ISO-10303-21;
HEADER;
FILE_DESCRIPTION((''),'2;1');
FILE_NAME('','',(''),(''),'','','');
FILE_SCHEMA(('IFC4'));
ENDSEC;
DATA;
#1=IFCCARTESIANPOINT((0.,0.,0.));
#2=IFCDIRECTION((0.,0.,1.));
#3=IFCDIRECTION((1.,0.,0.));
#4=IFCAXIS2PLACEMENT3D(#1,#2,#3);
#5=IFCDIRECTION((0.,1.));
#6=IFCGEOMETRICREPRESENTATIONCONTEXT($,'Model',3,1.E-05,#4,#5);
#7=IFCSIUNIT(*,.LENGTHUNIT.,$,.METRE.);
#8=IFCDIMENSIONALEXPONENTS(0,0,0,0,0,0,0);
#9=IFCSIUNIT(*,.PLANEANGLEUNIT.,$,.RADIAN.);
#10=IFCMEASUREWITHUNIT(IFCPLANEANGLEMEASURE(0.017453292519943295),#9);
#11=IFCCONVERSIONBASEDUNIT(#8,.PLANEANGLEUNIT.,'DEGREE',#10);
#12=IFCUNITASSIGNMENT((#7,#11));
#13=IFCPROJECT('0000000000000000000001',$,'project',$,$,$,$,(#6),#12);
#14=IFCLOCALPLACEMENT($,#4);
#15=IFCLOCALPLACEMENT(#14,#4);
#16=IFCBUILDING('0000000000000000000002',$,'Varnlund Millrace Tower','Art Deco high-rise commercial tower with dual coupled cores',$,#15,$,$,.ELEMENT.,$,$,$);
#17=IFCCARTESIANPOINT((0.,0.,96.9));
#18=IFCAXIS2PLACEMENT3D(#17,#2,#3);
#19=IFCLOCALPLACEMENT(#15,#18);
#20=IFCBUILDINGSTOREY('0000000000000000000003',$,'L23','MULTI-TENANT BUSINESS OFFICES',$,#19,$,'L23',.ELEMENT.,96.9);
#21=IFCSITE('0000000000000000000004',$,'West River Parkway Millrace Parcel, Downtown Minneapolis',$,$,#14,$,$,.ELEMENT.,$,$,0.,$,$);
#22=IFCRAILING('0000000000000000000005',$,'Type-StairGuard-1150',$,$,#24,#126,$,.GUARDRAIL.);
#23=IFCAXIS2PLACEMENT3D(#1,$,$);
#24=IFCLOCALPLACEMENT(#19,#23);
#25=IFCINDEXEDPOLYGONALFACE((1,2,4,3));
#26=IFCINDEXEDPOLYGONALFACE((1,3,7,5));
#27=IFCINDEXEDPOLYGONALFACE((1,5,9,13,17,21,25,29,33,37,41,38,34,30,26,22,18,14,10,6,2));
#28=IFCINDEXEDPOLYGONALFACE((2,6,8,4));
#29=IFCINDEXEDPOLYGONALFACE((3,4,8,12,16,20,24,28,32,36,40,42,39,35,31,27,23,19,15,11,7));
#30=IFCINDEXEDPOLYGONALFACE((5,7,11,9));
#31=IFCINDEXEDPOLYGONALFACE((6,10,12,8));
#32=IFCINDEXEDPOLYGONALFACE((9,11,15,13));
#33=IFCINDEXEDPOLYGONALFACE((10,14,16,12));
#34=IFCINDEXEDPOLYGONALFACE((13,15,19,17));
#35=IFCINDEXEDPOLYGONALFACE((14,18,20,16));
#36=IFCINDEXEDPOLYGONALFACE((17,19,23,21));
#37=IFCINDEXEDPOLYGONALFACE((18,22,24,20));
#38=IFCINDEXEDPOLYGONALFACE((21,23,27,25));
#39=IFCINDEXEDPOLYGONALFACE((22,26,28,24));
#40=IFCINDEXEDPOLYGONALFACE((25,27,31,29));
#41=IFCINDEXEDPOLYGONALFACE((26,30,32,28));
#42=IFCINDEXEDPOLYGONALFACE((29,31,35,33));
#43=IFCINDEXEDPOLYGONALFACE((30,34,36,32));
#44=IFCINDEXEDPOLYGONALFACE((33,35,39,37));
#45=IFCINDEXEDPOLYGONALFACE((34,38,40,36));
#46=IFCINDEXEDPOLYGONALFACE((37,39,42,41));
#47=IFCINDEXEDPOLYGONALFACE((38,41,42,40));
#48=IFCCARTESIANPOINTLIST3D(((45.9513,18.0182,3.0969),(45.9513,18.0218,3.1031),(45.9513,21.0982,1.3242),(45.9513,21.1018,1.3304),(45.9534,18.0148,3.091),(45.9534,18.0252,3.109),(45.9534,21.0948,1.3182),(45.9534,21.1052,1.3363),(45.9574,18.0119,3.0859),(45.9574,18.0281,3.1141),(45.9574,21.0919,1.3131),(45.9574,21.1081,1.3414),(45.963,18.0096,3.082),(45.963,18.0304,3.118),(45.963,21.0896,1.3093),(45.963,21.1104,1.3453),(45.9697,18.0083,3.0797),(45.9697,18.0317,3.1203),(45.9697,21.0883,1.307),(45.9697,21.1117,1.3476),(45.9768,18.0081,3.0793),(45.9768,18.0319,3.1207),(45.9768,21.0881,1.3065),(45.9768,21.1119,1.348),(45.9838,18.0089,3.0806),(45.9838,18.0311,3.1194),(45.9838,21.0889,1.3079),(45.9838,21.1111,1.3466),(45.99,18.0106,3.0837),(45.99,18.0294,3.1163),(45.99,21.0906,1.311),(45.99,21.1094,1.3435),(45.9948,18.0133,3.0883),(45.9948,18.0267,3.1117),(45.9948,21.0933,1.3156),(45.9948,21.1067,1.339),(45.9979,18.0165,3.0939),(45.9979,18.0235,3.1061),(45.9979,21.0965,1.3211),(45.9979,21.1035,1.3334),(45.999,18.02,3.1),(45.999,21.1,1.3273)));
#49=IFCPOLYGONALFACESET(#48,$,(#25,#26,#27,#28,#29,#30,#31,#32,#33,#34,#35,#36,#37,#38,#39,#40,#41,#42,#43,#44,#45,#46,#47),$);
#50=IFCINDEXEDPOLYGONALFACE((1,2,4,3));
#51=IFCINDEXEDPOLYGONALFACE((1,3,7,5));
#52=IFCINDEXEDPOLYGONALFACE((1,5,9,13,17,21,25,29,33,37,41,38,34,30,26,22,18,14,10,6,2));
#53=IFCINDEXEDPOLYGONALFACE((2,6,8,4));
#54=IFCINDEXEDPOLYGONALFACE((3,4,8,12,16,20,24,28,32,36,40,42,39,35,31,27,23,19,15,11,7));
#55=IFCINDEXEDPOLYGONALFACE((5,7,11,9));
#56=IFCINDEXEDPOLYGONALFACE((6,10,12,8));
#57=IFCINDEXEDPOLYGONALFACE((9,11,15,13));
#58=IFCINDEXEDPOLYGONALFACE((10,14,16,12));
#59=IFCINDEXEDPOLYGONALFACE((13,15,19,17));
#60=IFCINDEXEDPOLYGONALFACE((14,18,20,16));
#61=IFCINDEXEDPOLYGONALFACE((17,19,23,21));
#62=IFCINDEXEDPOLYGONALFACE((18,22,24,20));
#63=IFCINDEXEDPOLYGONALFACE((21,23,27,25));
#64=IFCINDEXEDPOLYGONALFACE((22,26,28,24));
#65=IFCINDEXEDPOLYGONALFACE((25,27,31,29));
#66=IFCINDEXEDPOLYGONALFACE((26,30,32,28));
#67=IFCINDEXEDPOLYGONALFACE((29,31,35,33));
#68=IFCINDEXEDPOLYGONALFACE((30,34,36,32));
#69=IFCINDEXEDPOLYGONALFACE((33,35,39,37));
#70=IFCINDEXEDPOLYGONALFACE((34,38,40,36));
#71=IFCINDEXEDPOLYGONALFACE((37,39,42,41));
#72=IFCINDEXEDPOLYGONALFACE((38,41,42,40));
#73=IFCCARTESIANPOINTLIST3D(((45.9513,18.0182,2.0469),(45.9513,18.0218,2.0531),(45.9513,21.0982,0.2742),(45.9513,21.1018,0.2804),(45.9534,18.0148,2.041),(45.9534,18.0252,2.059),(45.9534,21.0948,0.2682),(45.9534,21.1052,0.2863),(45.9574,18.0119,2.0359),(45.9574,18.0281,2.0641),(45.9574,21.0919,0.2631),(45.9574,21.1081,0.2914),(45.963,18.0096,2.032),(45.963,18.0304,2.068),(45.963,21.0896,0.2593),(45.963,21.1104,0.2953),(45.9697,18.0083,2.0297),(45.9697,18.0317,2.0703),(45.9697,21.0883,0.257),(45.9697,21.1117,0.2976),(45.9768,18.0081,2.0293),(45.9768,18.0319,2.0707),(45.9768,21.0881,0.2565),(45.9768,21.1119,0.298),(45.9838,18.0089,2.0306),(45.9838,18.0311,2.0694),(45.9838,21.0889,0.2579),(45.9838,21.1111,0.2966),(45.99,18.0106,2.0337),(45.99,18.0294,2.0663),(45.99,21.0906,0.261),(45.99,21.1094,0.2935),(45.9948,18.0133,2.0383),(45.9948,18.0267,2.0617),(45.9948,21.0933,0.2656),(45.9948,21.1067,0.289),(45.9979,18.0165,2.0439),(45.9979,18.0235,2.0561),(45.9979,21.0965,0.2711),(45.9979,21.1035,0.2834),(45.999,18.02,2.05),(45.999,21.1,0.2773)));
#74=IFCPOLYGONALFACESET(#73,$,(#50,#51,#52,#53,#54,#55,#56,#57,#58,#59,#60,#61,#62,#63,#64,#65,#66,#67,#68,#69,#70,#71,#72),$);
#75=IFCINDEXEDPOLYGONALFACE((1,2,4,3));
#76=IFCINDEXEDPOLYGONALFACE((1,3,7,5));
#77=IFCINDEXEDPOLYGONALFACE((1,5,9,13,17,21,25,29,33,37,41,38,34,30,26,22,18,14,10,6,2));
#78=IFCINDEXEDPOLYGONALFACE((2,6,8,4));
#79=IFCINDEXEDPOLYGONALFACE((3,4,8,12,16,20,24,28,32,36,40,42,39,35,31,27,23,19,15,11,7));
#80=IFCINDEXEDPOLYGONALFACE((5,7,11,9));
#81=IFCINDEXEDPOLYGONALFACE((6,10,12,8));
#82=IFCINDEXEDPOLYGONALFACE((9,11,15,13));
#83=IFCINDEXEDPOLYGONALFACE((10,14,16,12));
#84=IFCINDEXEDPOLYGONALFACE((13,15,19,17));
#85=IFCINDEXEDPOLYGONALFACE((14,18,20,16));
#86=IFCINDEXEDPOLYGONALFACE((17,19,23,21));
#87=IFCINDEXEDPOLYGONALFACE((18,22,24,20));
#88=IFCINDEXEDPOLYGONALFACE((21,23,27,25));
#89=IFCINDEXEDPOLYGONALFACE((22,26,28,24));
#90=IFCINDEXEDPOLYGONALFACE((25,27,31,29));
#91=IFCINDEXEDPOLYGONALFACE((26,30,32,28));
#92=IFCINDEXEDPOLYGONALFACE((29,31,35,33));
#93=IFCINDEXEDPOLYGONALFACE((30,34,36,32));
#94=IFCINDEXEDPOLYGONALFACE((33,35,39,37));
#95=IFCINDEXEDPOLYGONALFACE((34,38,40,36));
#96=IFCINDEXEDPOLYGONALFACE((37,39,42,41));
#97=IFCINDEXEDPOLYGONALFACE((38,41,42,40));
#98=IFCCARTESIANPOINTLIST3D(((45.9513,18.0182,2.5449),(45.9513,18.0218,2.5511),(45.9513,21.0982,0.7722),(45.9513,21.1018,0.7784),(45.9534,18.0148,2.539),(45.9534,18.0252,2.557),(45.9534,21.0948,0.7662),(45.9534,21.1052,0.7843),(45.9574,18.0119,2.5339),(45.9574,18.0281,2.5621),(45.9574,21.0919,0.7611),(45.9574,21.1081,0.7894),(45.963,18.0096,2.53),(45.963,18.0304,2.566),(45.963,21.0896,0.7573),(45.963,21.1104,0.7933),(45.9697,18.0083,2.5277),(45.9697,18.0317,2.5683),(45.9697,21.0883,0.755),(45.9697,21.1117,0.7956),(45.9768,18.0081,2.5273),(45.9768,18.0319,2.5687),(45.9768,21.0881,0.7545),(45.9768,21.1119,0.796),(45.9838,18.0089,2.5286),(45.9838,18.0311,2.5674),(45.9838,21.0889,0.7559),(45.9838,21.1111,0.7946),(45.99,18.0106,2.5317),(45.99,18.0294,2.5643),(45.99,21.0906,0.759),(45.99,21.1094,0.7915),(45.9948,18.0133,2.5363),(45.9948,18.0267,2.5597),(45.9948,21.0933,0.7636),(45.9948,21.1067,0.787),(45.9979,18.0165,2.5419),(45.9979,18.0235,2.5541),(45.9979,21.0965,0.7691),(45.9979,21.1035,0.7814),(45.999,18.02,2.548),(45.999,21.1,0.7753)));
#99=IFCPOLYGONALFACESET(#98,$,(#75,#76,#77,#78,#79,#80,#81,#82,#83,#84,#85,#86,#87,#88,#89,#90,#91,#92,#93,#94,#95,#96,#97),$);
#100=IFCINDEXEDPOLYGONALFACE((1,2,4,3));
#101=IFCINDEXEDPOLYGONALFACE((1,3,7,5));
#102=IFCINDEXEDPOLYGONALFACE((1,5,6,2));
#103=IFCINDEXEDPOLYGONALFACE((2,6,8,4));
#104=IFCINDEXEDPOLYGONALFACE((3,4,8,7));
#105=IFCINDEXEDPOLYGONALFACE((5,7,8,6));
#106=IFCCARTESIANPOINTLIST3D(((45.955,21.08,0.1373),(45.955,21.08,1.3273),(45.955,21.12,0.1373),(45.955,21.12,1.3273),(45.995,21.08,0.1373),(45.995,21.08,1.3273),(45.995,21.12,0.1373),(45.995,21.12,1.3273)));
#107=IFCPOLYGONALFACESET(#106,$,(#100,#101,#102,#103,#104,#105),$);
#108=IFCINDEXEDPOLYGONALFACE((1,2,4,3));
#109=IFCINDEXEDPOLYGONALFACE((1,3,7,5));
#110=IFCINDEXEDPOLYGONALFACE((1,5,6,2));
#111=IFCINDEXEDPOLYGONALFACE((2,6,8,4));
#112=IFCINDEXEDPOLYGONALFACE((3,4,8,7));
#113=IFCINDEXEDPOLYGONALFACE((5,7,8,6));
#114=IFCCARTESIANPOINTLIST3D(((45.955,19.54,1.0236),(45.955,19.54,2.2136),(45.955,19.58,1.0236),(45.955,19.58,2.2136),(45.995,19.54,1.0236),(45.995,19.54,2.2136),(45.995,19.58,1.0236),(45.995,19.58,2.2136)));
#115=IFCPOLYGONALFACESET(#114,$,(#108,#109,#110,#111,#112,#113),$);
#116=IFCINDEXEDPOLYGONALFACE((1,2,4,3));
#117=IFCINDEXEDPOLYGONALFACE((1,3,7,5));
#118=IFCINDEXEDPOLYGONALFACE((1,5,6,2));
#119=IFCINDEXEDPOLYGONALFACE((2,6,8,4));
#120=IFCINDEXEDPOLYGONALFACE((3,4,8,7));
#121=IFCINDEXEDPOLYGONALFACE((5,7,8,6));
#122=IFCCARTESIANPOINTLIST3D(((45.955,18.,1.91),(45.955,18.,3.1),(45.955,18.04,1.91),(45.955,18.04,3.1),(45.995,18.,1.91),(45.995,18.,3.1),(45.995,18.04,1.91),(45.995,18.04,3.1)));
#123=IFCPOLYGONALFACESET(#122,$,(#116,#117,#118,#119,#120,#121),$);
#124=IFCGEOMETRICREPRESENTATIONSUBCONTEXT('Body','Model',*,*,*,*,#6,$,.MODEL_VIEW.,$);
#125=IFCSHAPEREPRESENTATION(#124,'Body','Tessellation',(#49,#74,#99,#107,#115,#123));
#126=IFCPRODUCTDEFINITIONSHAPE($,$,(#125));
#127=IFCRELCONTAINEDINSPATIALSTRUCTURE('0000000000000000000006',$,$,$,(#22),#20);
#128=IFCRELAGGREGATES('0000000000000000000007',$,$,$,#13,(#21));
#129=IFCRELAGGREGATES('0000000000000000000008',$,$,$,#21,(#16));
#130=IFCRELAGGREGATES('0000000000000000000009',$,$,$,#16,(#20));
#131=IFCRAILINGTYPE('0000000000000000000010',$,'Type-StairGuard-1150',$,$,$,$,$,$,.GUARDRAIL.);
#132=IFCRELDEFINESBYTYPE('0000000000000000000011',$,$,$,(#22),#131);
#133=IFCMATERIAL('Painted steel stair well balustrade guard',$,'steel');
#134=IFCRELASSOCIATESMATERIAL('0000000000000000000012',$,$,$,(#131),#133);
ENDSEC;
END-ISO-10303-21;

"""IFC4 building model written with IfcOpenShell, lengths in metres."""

from ifc_helpers import new_model, entity, si_unit, converted_unit, direction, frame, origin_with_axes, origin_2d_with_axis, place, context, subcontext, project, spatial, rectangle, circle, extrude, material, type_object, element, save


model = new_model("IFC4")

# Units and contexts
model_context = context("Model", 3, precision=1e-05, world=origin_with_axes(), true_north=direction((0.0, 1.0)))
body_context = subcontext(model_context, "Body", "Model", "MODEL_VIEW")
ifc_project = project(units=[si_unit("LENGTHUNIT", "METRE"), converted_unit("PLANEANGLEUNIT", "DEGREE", entity("IfcPlaneAngleMeasure", 0.017453292519943295), si_unit("PLANEANGLEUNIT", "RADIAN"), dimensions=[0, 0, 0, 0, 0, 0, 0])], contexts=[model_context])

# Site, building, storey
site_placement = place(None, origin_with_axes())
site = spatial("IfcSite", under=ifc_project, at=site_placement, Name="West River Parkway Millrace Parcel, Downtown Minneapolis", CompositionType="ELEMENT", RefElevation=0.0)
building_placement = place(site_placement, origin_with_axes())
building = spatial("IfcBuilding", under=site, at=building_placement, Name="Varnlund Millrace Tower", Description="Art Deco high-rise commercial tower with dual coupled cores", CompositionType="ELEMENT")
storey_placement = place(building_placement, frame((0.0, 0.0, 96.9), z_axis=(0.0, 0.0, 1.0), x_axis=(1.0, 0.0, 0.0)))
storey = spatial("IfcBuildingStorey", under=building, at=storey_placement, Name="L23", Description="MULTI-TENANT BUSINESS OFFICES", LongName="L23", CompositionType="ELEMENT", Elevation=96.9)

# Railing
ifc_material_1 = material(Name="Painted steel stair well balustrade guard", Category="steel")
railing_type_1 = type_object("IfcRailingType", Name="Type-StairGuard-1150", PredefinedType="GUARDRAIL", material=ifc_material_1)
railing_1_placement = place(storey_placement, frame((0.0, 0.0, -96.9), z_axis=(0.0, 0.0, 1.0), x_axis=(1.0, 0.0, 0.0)))
element("IfcRailing", 1, at=railing_1_placement, inside=storey, type_object=railing_type_1, Name="Type-StairGuard-1150", PredefinedType="GUARDRAIL", context=body_context, shape_type="SweptSolid", body=[
    extrude(circle(Radius=0.024, at=origin_2d_with_axis()), frame((45.975, 21.1, 98.2273), z_axis=(0.0, -0.866696, 0.498836), x_axis=(1.0, 0.0, 0.0)), (0.0, 0.0, 1.0), 3.5537),
    extrude(circle(Radius=0.024, at=origin_2d_with_axis()), frame((45.975, 21.1, 97.1773), z_axis=(0.0, -0.866696, 0.498836), x_axis=(1.0, 0.0, 0.0)), (0.0, 0.0, 1.0), 3.5537),
    extrude(circle(Radius=0.024, at=origin_2d_with_axis()), frame((45.975, 21.1, 97.6753), z_axis=(0.0, -0.866696, 0.498836), x_axis=(1.0, 0.0, 0.0)), (0.0, 0.0, 1.0), 3.5537),
    extrude(rectangle(XDim=0.04, YDim=0.04, at=origin_2d_with_axis()), frame((45.975, 21.1, 97.0373), z_axis=(0.0, 0.0, 1.0), x_axis=(1.0, 0.0, 0.0)), (0.0, 0.0, 1.0), 1.19),
    extrude(rectangle(XDim=0.04, YDim=0.04, at=origin_2d_with_axis()), frame((45.975, 19.56, 97.9236), z_axis=(0.0, 0.0, 1.0), x_axis=(1.0, 0.0, 0.0)), (0.0, 0.0, 1.0), 1.19),
    extrude(rectangle(XDim=0.04, YDim=0.04, at=origin_2d_with_axis()), frame((45.975, 18.02, 98.81), z_axis=(0.0, 0.0, 1.0), x_axis=(1.0, 0.0, 0.0)), (0.0, 0.0, 1.0), 1.19),
])

save(model, "model.ifc")
